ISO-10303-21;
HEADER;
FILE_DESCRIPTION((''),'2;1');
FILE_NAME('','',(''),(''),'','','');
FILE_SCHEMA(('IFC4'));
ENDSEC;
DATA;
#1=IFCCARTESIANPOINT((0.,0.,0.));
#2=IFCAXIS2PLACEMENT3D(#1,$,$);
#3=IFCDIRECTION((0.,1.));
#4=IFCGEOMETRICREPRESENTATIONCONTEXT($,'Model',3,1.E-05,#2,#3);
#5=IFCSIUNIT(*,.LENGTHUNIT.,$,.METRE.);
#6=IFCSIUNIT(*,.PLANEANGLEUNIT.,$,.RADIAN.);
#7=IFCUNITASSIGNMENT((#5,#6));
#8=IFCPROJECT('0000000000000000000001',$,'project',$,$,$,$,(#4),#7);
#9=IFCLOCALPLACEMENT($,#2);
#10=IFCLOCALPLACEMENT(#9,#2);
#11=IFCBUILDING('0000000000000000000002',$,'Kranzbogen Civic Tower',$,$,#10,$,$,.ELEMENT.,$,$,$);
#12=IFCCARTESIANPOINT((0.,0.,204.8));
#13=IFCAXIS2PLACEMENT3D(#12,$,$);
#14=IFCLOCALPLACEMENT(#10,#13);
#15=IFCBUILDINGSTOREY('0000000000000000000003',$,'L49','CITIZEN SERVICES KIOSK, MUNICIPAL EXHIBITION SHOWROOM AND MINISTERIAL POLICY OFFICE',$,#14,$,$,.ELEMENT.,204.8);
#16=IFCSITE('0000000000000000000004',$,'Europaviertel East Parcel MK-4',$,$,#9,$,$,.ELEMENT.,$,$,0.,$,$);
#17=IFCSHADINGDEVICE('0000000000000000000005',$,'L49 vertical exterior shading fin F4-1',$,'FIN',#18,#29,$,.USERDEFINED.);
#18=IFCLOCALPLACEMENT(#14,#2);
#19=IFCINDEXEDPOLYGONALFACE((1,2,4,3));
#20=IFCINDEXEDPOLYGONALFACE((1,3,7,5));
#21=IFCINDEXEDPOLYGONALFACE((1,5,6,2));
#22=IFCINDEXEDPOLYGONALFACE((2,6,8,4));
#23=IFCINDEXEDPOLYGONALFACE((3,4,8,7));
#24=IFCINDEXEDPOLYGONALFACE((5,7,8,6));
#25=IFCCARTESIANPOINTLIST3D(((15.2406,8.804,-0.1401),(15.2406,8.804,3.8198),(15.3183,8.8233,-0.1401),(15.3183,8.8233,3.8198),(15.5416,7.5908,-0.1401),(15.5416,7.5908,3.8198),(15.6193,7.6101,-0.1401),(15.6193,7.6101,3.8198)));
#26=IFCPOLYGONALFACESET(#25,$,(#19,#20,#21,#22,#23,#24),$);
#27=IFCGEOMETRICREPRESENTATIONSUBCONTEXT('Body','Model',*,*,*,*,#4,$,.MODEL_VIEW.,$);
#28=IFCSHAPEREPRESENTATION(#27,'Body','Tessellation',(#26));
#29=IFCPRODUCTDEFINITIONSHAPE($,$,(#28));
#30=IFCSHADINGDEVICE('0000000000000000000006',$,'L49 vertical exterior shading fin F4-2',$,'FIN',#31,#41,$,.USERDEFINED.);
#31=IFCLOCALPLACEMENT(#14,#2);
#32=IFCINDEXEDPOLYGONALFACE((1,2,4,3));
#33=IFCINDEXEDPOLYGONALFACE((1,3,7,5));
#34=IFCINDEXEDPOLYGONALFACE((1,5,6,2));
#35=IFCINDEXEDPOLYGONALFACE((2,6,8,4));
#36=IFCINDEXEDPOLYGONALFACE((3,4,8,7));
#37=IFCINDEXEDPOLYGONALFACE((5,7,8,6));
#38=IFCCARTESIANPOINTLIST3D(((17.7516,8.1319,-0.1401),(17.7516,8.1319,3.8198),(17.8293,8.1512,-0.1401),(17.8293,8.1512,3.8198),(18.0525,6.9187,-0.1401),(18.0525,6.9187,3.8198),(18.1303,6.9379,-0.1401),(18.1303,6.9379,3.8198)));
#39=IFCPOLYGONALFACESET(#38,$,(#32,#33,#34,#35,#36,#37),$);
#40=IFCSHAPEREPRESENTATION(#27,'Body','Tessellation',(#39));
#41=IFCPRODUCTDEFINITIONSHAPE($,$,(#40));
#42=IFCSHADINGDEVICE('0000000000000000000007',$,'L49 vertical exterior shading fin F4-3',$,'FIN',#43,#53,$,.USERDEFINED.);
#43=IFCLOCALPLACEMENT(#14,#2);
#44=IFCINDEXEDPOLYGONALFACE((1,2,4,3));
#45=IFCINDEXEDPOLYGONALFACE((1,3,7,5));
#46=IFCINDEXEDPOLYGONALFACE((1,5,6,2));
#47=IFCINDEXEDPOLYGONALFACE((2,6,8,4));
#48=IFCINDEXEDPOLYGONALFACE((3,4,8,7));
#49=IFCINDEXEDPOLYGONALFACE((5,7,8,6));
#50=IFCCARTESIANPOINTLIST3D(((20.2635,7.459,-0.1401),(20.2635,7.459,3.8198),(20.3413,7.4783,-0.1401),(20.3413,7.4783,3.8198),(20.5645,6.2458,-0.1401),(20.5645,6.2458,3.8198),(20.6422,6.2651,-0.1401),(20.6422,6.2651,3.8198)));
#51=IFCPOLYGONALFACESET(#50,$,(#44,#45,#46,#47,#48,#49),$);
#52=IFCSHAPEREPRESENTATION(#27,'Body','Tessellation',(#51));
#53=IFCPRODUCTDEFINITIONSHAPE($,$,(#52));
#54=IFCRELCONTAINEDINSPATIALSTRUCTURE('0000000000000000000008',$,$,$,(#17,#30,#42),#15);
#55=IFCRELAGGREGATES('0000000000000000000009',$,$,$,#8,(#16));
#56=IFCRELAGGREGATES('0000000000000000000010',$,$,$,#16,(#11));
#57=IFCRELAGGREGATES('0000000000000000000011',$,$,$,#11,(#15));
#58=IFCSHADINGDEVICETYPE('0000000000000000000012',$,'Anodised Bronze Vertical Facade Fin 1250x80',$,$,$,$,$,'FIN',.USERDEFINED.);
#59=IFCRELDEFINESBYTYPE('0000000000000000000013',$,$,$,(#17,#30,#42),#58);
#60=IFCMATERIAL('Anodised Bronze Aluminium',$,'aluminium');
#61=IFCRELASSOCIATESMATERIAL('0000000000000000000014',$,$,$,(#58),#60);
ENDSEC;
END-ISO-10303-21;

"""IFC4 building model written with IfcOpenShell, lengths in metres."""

from ifc_helpers import new_model, si_unit, direction, frame, origin, origin_2d, place, context, subcontext, project, spatial, rectangle, extrude, material, type_object, element, save


model = new_model("IFC4")

# Units and contexts
model_context = context("Model", 3, precision=1e-05, world=origin(), true_north=direction((0.0, 1.0)))
body_context = subcontext(model_context, "Body", "Model", "MODEL_VIEW")
ifc_project = project(units=[si_unit("LENGTHUNIT", "METRE"), si_unit("PLANEANGLEUNIT", "RADIAN")], contexts=[model_context])

# Site, building, storey
site_placement = place(None, origin())
site = spatial("IfcSite", under=ifc_project, at=site_placement, Name="Europaviertel East Parcel MK-4", CompositionType="ELEMENT", RefElevation=0.0)
building_placement = place(site_placement, origin())
building = spatial("IfcBuilding", under=site, at=building_placement, Name="Kranzbogen Civic Tower", CompositionType="ELEMENT")
storey_placement = place(building_placement, frame((0.0, 0.0, 204.8)))
storey = spatial("IfcBuildingStorey", under=building, at=storey_placement, Name="L49", Description="CITIZEN SERVICES KIOSK, MUNICIPAL EXHIBITION SHOWROOM AND MINISTERIAL POLICY OFFICE", CompositionType="ELEMENT", Elevation=204.8)

# Shading devices
ifc_material_1 = material(Name="Anodised Bronze Aluminium", Category="aluminium")
shading_device_type = type_object("IfcShadingDeviceType", Name="Anodised Bronze Vertical Facade Fin 1250x80", ElementType="FIN", PredefinedType="USERDEFINED", material=ifc_material_1)
for number, where, z_axis, x_axis, name in (
    (1, (15.4299, 8.207, -0.1401), (0.0, 0.0, 1.0), (0.24077, -0.970582, 0.0), "L49 vertical exterior shading fin F4-1"),
    (2, (17.9409, 7.5349, -0.1401), (0.0, 0.0, 1.0), (0.24077, -0.970582, 0.0), "L49 vertical exterior shading fin F4-2"),
    (3, (20.4529, 6.8621, -0.1401), (0.0, 0.0, 1.0), (0.24077, -0.970582, 0.0), "L49 vertical exterior shading fin F4-3"),
):
    element("IfcShadingDevice", number, at=place(storey_placement, frame(where, z_axis=z_axis, x_axis=x_axis)), inside=storey, type_object=shading_device_type, Name=name, ObjectType="FIN", PredefinedType="USERDEFINED", context=body_context, shape_type="SweptSolid", body=[
        extrude(rectangle(XDim=1.25, YDim=0.0801, at=origin_2d()), origin(), (0.0, 0.0, 1.0), 3.96),
    ])

save(model, "model.ifc")
